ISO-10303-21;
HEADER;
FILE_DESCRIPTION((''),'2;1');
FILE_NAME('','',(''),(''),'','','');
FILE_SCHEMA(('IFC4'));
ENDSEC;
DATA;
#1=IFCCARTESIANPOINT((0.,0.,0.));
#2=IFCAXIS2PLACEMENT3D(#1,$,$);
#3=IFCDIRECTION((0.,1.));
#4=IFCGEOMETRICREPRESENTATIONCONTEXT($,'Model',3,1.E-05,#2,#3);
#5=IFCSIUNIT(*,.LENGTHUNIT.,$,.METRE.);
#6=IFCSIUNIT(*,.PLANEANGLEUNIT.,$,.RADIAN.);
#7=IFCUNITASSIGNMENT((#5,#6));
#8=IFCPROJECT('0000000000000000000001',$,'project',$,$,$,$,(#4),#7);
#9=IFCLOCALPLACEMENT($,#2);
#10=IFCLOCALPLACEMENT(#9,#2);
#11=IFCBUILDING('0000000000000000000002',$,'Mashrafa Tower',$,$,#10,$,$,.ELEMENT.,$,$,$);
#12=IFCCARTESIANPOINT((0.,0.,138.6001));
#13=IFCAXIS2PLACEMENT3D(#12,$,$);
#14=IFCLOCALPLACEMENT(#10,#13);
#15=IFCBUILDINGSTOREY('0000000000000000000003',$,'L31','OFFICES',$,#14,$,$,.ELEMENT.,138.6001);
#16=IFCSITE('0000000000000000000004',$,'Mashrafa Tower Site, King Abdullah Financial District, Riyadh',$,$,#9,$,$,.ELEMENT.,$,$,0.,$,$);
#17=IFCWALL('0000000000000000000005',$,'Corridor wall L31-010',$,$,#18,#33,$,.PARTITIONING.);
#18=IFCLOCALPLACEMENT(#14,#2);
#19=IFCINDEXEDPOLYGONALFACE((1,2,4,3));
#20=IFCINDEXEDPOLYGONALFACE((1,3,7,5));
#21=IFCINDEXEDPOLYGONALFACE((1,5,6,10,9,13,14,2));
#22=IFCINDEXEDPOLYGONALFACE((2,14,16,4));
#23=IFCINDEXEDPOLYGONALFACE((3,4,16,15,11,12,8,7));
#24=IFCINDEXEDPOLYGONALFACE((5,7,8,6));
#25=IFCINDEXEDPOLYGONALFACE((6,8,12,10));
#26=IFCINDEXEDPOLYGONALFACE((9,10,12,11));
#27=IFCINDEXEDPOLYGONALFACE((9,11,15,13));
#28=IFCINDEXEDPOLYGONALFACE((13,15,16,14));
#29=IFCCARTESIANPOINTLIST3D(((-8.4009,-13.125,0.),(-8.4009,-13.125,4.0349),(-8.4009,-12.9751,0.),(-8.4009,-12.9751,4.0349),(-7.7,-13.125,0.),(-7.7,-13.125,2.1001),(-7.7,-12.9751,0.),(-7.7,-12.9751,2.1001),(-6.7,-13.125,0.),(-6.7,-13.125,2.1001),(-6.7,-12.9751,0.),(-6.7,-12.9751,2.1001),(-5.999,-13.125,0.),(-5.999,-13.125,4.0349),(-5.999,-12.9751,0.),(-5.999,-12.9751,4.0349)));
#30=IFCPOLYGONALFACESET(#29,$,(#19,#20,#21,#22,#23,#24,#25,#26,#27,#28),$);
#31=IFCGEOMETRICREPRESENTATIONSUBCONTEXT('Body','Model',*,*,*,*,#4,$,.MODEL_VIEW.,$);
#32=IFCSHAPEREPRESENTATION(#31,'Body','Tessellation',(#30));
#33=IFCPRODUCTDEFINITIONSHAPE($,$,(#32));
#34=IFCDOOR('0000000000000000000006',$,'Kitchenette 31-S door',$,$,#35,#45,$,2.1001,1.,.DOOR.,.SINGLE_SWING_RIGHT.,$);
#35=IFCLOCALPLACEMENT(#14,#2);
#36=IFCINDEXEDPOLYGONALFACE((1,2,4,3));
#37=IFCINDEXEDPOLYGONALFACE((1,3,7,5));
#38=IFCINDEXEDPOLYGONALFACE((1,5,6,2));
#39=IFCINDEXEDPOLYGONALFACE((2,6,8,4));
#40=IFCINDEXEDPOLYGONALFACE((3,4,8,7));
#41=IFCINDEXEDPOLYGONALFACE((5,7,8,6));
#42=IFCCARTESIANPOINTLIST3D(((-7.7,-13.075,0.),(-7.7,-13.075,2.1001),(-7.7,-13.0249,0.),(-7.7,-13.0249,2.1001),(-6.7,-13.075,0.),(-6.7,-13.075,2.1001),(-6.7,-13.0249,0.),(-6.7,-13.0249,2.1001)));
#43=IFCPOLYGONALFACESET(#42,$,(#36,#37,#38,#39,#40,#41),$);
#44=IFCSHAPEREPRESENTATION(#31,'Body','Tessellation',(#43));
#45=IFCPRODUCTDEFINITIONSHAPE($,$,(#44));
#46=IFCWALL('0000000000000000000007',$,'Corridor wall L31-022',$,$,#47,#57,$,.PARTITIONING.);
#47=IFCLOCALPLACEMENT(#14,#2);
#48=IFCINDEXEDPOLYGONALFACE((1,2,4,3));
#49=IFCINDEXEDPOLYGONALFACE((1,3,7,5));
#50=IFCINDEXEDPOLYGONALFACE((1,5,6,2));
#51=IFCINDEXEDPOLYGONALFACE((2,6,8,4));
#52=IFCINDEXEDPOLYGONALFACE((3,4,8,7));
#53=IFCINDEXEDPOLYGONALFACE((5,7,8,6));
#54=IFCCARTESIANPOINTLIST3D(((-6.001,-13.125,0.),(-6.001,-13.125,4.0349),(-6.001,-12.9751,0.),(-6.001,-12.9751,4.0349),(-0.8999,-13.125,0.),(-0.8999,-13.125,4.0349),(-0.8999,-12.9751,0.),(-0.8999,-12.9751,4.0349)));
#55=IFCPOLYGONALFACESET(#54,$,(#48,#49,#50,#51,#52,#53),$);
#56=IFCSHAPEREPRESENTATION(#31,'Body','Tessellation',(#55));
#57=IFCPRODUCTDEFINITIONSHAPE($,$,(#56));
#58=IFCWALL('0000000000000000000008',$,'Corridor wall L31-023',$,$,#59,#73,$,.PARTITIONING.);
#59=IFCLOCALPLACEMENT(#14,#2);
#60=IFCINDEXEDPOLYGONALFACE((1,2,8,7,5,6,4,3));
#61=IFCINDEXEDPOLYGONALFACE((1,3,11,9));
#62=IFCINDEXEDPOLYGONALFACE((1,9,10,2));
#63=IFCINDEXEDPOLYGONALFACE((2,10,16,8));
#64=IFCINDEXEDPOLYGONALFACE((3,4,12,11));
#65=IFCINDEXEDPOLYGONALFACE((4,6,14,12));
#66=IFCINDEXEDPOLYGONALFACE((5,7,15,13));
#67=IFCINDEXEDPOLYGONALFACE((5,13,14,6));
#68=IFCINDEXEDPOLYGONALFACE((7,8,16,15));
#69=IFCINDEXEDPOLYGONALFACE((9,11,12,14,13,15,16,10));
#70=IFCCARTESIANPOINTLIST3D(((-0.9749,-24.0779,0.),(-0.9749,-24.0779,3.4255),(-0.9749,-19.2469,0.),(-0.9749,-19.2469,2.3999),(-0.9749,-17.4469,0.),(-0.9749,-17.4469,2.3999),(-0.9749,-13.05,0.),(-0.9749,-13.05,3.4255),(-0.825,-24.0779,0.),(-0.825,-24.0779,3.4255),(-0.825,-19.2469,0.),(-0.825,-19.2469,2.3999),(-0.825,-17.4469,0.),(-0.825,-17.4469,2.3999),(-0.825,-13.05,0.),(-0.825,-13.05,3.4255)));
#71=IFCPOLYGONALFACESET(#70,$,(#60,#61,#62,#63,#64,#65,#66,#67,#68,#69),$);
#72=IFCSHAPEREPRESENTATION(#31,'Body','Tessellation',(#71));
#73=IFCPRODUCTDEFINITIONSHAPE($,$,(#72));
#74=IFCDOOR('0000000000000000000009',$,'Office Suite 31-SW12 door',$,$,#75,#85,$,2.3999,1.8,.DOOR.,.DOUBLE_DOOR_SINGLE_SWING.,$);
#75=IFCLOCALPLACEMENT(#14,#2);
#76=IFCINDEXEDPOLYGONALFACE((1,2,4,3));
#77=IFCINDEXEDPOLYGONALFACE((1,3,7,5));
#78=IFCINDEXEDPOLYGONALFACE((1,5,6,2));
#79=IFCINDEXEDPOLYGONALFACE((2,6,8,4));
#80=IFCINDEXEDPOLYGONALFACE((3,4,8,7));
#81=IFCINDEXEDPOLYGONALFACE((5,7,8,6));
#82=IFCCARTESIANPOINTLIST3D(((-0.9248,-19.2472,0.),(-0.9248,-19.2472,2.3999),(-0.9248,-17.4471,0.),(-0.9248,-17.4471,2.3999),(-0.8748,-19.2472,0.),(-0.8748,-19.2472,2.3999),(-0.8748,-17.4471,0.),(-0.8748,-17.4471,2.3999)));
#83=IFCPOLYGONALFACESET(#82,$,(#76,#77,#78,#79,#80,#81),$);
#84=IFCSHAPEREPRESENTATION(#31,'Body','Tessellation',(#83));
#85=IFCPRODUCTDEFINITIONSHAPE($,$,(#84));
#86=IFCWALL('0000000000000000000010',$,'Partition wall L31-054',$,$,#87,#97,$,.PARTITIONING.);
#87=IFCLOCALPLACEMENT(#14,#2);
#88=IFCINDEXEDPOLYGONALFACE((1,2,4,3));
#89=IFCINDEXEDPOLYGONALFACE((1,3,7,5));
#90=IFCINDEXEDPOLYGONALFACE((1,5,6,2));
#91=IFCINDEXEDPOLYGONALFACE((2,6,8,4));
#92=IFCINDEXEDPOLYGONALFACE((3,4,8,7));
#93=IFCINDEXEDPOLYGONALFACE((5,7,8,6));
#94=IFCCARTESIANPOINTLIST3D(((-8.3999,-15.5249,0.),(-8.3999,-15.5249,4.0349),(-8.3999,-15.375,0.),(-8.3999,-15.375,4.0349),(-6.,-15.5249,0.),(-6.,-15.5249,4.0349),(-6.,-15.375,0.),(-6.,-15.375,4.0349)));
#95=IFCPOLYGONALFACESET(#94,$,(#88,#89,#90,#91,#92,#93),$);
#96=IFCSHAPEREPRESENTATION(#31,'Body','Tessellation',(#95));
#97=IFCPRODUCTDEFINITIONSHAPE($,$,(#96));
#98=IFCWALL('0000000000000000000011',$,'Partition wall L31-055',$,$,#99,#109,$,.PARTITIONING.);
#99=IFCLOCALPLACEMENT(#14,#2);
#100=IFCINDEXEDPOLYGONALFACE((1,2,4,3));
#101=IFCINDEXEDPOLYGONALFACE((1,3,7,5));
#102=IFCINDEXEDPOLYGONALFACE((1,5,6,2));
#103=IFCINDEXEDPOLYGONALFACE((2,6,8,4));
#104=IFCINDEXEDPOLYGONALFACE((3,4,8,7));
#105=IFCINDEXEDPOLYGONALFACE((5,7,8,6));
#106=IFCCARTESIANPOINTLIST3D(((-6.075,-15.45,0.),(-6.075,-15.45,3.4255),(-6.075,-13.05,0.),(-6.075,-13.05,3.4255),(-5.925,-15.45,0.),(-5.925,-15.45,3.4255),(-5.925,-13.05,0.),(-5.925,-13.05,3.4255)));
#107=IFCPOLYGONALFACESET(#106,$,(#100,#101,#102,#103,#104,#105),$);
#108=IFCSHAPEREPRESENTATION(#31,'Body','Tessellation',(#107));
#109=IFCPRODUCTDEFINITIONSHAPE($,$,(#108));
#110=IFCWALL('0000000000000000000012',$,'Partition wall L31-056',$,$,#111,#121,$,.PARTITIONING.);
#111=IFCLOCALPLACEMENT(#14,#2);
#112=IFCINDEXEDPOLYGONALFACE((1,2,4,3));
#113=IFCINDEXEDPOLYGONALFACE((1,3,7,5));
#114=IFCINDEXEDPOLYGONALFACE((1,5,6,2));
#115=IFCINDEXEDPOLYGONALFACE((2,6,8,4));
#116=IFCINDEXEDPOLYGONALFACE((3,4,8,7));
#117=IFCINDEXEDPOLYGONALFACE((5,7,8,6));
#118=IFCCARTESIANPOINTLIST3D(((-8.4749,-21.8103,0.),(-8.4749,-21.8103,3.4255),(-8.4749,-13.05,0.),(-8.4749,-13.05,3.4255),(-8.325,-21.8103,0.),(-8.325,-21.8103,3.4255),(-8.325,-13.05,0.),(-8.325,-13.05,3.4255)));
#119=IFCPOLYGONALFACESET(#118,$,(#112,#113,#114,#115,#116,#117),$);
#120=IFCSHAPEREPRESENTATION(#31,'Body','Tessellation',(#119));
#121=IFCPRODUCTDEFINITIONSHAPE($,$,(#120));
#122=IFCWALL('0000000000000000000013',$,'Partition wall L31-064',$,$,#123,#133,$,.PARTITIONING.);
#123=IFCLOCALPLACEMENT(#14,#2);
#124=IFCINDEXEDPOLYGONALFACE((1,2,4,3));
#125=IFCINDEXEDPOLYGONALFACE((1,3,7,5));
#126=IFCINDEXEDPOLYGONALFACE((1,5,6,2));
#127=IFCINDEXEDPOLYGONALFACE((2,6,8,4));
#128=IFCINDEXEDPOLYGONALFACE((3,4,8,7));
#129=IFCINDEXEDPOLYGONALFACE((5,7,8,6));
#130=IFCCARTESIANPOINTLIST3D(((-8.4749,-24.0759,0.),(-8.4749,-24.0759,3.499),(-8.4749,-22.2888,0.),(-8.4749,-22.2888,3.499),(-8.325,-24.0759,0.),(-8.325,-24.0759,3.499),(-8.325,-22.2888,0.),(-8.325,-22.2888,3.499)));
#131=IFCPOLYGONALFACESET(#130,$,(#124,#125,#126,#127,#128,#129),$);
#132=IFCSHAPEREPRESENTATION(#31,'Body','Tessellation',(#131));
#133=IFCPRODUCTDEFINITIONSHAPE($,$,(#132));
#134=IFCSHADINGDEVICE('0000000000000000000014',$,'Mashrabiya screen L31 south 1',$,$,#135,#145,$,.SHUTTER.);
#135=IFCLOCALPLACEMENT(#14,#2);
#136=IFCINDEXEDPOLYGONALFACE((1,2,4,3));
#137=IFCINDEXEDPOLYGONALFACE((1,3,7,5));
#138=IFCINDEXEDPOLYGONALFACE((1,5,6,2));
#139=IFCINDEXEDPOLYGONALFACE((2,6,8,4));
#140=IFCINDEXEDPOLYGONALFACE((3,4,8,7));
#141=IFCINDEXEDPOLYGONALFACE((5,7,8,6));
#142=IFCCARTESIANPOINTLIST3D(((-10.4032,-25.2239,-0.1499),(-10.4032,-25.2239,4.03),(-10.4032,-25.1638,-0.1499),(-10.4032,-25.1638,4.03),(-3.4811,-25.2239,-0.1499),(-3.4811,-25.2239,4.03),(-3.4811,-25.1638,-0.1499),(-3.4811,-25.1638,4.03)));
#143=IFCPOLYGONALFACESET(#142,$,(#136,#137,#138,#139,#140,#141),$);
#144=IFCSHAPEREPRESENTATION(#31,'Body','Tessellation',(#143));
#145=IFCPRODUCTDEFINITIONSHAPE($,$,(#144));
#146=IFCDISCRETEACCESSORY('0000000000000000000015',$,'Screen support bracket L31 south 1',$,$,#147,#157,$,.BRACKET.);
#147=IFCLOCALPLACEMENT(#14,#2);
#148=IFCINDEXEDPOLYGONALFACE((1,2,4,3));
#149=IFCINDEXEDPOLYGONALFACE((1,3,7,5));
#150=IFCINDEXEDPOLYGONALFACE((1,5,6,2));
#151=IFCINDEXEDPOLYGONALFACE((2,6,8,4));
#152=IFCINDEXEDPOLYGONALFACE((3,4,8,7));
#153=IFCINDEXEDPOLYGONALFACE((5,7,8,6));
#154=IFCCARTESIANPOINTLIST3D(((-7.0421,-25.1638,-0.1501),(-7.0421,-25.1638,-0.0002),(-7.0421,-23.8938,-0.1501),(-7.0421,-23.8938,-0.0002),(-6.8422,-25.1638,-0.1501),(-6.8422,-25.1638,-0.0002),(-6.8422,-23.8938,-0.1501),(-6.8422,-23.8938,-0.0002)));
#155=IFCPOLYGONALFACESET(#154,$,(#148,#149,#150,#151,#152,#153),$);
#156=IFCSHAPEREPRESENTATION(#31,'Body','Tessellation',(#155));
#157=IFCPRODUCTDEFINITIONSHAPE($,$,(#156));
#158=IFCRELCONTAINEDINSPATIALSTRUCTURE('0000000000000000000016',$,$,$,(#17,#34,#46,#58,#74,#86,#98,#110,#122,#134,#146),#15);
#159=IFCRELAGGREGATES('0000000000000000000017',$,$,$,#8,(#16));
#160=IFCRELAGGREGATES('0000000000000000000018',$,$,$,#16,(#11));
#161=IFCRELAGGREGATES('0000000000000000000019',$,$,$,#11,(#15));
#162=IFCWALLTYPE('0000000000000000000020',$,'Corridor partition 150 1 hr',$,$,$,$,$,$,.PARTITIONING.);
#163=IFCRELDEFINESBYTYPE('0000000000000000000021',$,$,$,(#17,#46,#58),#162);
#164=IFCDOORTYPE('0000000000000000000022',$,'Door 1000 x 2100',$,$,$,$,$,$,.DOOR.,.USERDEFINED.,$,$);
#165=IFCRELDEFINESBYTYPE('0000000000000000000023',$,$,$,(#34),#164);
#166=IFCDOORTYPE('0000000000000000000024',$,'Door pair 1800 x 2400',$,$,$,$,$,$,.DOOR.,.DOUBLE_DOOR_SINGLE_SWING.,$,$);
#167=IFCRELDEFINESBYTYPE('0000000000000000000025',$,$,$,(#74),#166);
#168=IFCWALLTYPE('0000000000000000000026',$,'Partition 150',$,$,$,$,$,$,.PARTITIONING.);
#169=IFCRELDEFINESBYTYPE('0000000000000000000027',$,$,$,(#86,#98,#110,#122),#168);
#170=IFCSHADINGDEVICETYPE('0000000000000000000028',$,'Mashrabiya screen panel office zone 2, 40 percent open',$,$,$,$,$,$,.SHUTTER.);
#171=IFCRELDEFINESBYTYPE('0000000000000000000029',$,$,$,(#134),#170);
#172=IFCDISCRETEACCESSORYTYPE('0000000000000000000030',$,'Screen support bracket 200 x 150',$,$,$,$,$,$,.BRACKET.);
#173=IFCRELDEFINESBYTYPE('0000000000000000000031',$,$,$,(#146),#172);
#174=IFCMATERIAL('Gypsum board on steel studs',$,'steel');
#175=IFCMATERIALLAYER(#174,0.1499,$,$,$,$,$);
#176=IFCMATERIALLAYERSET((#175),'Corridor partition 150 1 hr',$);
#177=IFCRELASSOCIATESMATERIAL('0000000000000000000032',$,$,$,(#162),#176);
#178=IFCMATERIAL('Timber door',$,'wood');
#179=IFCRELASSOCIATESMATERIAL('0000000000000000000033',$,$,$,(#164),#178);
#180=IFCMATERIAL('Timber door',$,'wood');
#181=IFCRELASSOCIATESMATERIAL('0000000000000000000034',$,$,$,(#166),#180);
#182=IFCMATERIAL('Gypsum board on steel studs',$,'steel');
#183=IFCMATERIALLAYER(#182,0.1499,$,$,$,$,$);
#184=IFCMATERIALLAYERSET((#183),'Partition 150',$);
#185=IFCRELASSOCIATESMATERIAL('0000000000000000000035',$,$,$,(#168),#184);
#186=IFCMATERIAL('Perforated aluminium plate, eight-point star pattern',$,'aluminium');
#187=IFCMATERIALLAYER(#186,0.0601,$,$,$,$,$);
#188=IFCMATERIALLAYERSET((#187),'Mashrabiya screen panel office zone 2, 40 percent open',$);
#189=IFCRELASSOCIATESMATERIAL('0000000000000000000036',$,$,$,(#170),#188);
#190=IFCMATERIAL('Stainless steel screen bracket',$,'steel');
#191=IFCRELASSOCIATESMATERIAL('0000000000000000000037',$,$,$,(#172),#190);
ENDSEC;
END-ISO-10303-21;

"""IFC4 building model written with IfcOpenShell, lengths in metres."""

from ifc_helpers import new_model, si_unit, direction, frame, frame_2d, origin, origin_2d, place, context, subcontext, project, spatial, rectangle, extrude, source, transform, mapped, material, layer, layer_set, type_object, type_shapes, element, fill, save


model = new_model("IFC4")

# Units and contexts
model_context = context("Model", 3, precision=1e-05, world=origin(), true_north=direction((0.0, 1.0)))
body_context = subcontext(model_context, "Body", "Model", "MODEL_VIEW")
ifc_project = project(units=[si_unit("LENGTHUNIT", "METRE"), si_unit("PLANEANGLEUNIT", "RADIAN")], contexts=[model_context])

# Site, building, storey
site_placement = place(None, origin())
site = spatial("IfcSite", under=ifc_project, at=site_placement, Name="Mashrafa Tower Site, King Abdullah Financial District, Riyadh", CompositionType="ELEMENT", RefElevation=0.0)
building_placement = place(site_placement, origin())
building = spatial("IfcBuilding", under=site, at=building_placement, Name="Mashrafa Tower", CompositionType="ELEMENT")
storey_placement = place(building_placement, frame((0.0, 0.0, 138.6001)))
storey = spatial("IfcBuildingStorey", under=building, at=storey_placement, Name="L31", Description="OFFICES", CompositionType="ELEMENT", Elevation=138.6001)

# Wall, opening, door
ifc_material_1 = material(Name="Gypsum board on steel studs", Category="steel")
ifc_layer_1 = layer(ifc_material_1, 0.1499)
ifc_layer_set_1 = layer_set([ifc_layer_1], Name="Corridor partition 150 1 hr")
wall_type_1 = type_object("IfcWallType", Name="Corridor partition 150 1 hr", PredefinedType="PARTITIONING", material=ifc_layer_set_1)
wall_1_placement = place(storey_placement, frame((-8.4009, -13.05, 0.0), z_axis=(0.0, 0.0, 1.0), x_axis=(1.0, 0.0, 0.0)))
wall_1 = element("IfcWall", 1, at=wall_1_placement, inside=storey, type_object=wall_type_1, Name="Corridor wall L31-010", PredefinedType="PARTITIONING", context=body_context, shape_type="SweptSolid", body=[
    extrude(rectangle(XDim=2.4019, YDim=0.1499, at=frame_2d((1.2009, 0.0))), origin(), (0.0, 0.0, 1.0), 4.0349),
])
opening_1_placement = place(wall_1_placement, frame((0.7009, 0.0, 0.0)))
opening_1 = element("IfcOpeningElement", 2, at=opening_1_placement, cuts=wall_1, PredefinedType="OPENING", context=body_context, shape_type="SweptSolid", body=[
    extrude(rectangle(XDim=1.0, YDim=2.1001, at=frame_2d((0.5, 1.05))), frame((0.0, 0.085, 0.0), z_axis=(0.0, -1.0, 0.0), x_axis=(1.0, 0.0, 0.0)), (0.0, 0.0, 1.0), 0.1699),
])
ifc_material_2 = material(Name="Timber door", Category="wood")
door_type_1 = type_object("IfcDoorType", Name="Door 1000 x 2100", OperationType="USERDEFINED", PredefinedType="DOOR", material=ifc_material_2)
door_1_placement = place(opening_1_placement, frame((1.0, 0.0, 0.0), z_axis=(0.0, 0.0, 1.0), x_axis=(-1.0, 0.0, 0.0)))
door_1 = element("IfcDoor", 3, at=door_1_placement, inside=storey, type_object=door_type_1, Name="Kitchenette 31-S door", OperationType="SINGLE_SWING_RIGHT", OverallHeight=2.1001, OverallWidth=1.0, PredefinedType="DOOR", context=body_context, shape_type="SweptSolid", body=[
    extrude(rectangle(XDim=1.0, YDim=2.1001, at=frame_2d((0.5, 1.05))), frame((0.0, 0.0249, 0.0), z_axis=(0.0, -1.0, 0.0), x_axis=(1.0, 0.0, 0.0)), (0.0, 0.0, 1.0), 0.05),
])
fill(opening_1, door_1)

# Wall
wall_2_placement = place(storey_placement, frame((-6.001, -13.05, 0.0), z_axis=(0.0, 0.0, 1.0), x_axis=(1.0, 0.0, 0.0)))
element("IfcWall", 4, at=wall_2_placement, inside=storey, type_object=wall_type_1, Name="Corridor wall L31-022", PredefinedType="PARTITIONING", context=body_context, shape_type="SweptSolid", body=[
    extrude(rectangle(XDim=5.1011, YDim=0.1499, at=frame_2d((2.5505, 0.0))), origin(), (0.0, 0.0, 1.0), 4.0349),
])

# Wall, opening, door
wall_3_placement = place(storey_placement, frame((-0.8999, -13.05, 0.0), z_axis=(0.0, 0.0, 1.0), x_axis=(0.0, -1.0, 0.0)))
wall_3 = element("IfcWall", 5, at=wall_3_placement, inside=storey, type_object=wall_type_1, Name="Corridor wall L31-023", PredefinedType="PARTITIONING", context=body_context, shape_type="SweptSolid", body=[
    extrude(rectangle(XDim=11.0278, YDim=0.1499, at=frame_2d((5.5139, 0.0))), origin(), (0.0, 0.0, 1.0), 3.4255),
])
opening_2_placement = place(wall_3_placement, frame((4.397, 0.0, 0.0)))
opening_2 = element("IfcOpeningElement", 6, at=opening_2_placement, cuts=wall_3, PredefinedType="OPENING", context=body_context, shape_type="SweptSolid", body=[
    extrude(rectangle(XDim=1.8, YDim=2.3999, at=frame_2d((0.8999, 1.2))), frame((0.0, 0.085, 0.0), z_axis=(0.0, -1.0, 0.0), x_axis=(1.0, 0.0, 0.0)), (0.0, 0.0, 1.0), 0.1699),
])
ifc_material_3 = material(Name="Timber door", Category="wood")
door_type_2 = type_object("IfcDoorType", Name="Door pair 1800 x 2400", OperationType="DOUBLE_DOOR_SINGLE_SWING", PredefinedType="DOOR", material=ifc_material_3)
door_2_placement = place(opening_2_placement, frame((1.8, 0.0, 0.0), z_axis=(0.0, 0.0, 1.0), x_axis=(-1.0, 0.0, 0.0)))
door_2 = element("IfcDoor", 7, at=door_2_placement, inside=storey, type_object=door_type_2, Name="Office Suite 31-SW12 door", OperationType="DOUBLE_DOOR_SINGLE_SWING", OverallHeight=2.3999, OverallWidth=1.8, PredefinedType="DOOR", context=body_context, shape_type="SweptSolid", body=[
    extrude(rectangle(XDim=1.8, YDim=2.3999, at=frame_2d((0.8999, 1.2))), frame((0.0, 0.0249, 0.0), z_axis=(0.0, -1.0, 0.0), x_axis=(1.0, 0.0, 0.0)), (0.0, 0.0, 1.0), 0.05),
])
fill(opening_2, door_2)

# Walls
ifc_material_4 = material(Name="Gypsum board on steel studs", Category="steel")
ifc_layer_2 = layer(ifc_material_4, 0.1499)
ifc_layer_set_2 = layer_set([ifc_layer_2], Name="Partition 150")
wall_type_2 = type_object("IfcWallType", Name="Partition 150", PredefinedType="PARTITIONING", material=ifc_layer_set_2)
wall_4_placement = place(storey_placement, frame((-8.3999, -15.45, 0.0), z_axis=(0.0, 0.0, 1.0), x_axis=(1.0, 0.0, 0.0)))
element("IfcWall", 8, at=wall_4_placement, inside=storey, type_object=wall_type_2, Name="Partition wall L31-054", PredefinedType="PARTITIONING", context=body_context, shape_type="SweptSolid", body=[
    extrude(rectangle(XDim=2.3999, YDim=0.1499, at=frame_2d((1.2, 0.0))), origin(), (0.0, 0.0, 1.0), 4.0349),
])
wall_5_placement = place(storey_placement, frame((-6.0, -15.45, 0.0), z_axis=(0.0, 0.0, 1.0), x_axis=(0.0, 1.0, 0.0)))
element("IfcWall", 9, at=wall_5_placement, inside=storey, type_object=wall_type_2, Name="Partition wall L31-055", PredefinedType="PARTITIONING", context=body_context, shape_type="SweptSolid", body=[
    extrude(rectangle(XDim=2.3999, YDim=0.1499, at=frame_2d((1.2, 0.0))), origin(), (0.0, 0.0, 1.0), 3.4255),
])
wall_6_placement = place(storey_placement, frame((-8.3999, -13.05, 0.0), z_axis=(0.0, 0.0, 1.0), x_axis=(0.0, -1.0, 0.0)))
element("IfcWall", 10, at=wall_6_placement, inside=storey, type_object=wall_type_2, Name="Partition wall L31-056", PredefinedType="PARTITIONING", context=body_context, shape_type="SweptSolid", body=[
    extrude(rectangle(XDim=8.7603, YDim=0.1499, at=frame_2d((4.3801, 0.0))), origin(), (0.0, 0.0, 1.0), 3.4255),
])
wall_7_placement = place(storey_placement, frame((-8.3999, -22.2888, 0.0), z_axis=(0.0, 0.0, 1.0), x_axis=(0.0, -1.0, 0.0)))
element("IfcWall", 11, at=wall_7_placement, inside=storey, type_object=wall_type_2, Name="Partition wall L31-064", PredefinedType="PARTITIONING", context=body_context, shape_type="SweptSolid", body=[
    extrude(rectangle(XDim=1.7871, YDim=0.1499, at=frame_2d((0.8936, 0.0))), origin(), (0.0, 0.0, 1.0), 3.499),
])

# Shading device
ifc_material_5 = material(Name="Perforated aluminium plate, eight-point star pattern", Category="aluminium")
ifc_layer_3 = layer(ifc_material_5, 0.0601)
ifc_layer_set_3 = layer_set([ifc_layer_3], Name="Mashrabiya screen panel office zone 2, 40 percent open")
shading_device_type = type_object("IfcShadingDeviceType", Name="Mashrabiya screen panel office zone 2, 40 percent open", PredefinedType="SHUTTER", material=ifc_layer_set_3)
shared_shape_1 = source(origin(), body_context, "Body", "SweptSolid", [
    extrude(rectangle(XDim=6.9221, YDim=0.0601, at=origin_2d()), origin(), (0.0, 0.0, 1.0), 4.1799),
])
type_shapes(shading_device_type, [shared_shape_1])
shading_device_placement = place(storey_placement, frame((-6.9421, -25.1938, -0.1499), z_axis=(0.0, 0.0, 1.0), x_axis=(1.0, 0.0, 0.0)))
element("IfcShadingDevice", 12, at=shading_device_placement, inside=storey, type_object=shading_device_type, Name="Mashrabiya screen L31 south 1", PredefinedType="SHUTTER", context=body_context, shape_type="MappedRepresentation", body=[
    mapped(shared_shape_1, transform((0.0, 0.0, 0.0))),
])

# Discrete accessory
ifc_material_6 = material(Name="Stainless steel screen bracket", Category="steel")
discrete_accessory_type = type_object("IfcDiscreteAccessoryType", Name="Screen support bracket 200 x 150", PredefinedType="BRACKET", material=ifc_material_6)
shared_shape_2 = source(origin(), body_context, "Body", "SweptSolid", [
    extrude(rectangle(XDim=0.2, YDim=1.27, at=origin_2d()), origin(), (0.0, 0.0, 1.0), 0.1499),
])
type_shapes(discrete_accessory_type, [shared_shape_2])
discrete_accessory_placement = place(storey_placement, frame((-6.9421, -24.5288, -0.1501), z_axis=(0.0, 0.0, 1.0), x_axis=(1.0, 0.0, 0.0)))
element("IfcDiscreteAccessory", 13, at=discrete_accessory_placement, inside=storey, type_object=discrete_accessory_type, Name="Screen support bracket L31 south 1", PredefinedType="BRACKET", context=body_context, shape_type="MappedRepresentation", body=[
    mapped(shared_shape_2, transform((0.0, 0.0, 0.0))),
])

save(model, "model.ifc")
